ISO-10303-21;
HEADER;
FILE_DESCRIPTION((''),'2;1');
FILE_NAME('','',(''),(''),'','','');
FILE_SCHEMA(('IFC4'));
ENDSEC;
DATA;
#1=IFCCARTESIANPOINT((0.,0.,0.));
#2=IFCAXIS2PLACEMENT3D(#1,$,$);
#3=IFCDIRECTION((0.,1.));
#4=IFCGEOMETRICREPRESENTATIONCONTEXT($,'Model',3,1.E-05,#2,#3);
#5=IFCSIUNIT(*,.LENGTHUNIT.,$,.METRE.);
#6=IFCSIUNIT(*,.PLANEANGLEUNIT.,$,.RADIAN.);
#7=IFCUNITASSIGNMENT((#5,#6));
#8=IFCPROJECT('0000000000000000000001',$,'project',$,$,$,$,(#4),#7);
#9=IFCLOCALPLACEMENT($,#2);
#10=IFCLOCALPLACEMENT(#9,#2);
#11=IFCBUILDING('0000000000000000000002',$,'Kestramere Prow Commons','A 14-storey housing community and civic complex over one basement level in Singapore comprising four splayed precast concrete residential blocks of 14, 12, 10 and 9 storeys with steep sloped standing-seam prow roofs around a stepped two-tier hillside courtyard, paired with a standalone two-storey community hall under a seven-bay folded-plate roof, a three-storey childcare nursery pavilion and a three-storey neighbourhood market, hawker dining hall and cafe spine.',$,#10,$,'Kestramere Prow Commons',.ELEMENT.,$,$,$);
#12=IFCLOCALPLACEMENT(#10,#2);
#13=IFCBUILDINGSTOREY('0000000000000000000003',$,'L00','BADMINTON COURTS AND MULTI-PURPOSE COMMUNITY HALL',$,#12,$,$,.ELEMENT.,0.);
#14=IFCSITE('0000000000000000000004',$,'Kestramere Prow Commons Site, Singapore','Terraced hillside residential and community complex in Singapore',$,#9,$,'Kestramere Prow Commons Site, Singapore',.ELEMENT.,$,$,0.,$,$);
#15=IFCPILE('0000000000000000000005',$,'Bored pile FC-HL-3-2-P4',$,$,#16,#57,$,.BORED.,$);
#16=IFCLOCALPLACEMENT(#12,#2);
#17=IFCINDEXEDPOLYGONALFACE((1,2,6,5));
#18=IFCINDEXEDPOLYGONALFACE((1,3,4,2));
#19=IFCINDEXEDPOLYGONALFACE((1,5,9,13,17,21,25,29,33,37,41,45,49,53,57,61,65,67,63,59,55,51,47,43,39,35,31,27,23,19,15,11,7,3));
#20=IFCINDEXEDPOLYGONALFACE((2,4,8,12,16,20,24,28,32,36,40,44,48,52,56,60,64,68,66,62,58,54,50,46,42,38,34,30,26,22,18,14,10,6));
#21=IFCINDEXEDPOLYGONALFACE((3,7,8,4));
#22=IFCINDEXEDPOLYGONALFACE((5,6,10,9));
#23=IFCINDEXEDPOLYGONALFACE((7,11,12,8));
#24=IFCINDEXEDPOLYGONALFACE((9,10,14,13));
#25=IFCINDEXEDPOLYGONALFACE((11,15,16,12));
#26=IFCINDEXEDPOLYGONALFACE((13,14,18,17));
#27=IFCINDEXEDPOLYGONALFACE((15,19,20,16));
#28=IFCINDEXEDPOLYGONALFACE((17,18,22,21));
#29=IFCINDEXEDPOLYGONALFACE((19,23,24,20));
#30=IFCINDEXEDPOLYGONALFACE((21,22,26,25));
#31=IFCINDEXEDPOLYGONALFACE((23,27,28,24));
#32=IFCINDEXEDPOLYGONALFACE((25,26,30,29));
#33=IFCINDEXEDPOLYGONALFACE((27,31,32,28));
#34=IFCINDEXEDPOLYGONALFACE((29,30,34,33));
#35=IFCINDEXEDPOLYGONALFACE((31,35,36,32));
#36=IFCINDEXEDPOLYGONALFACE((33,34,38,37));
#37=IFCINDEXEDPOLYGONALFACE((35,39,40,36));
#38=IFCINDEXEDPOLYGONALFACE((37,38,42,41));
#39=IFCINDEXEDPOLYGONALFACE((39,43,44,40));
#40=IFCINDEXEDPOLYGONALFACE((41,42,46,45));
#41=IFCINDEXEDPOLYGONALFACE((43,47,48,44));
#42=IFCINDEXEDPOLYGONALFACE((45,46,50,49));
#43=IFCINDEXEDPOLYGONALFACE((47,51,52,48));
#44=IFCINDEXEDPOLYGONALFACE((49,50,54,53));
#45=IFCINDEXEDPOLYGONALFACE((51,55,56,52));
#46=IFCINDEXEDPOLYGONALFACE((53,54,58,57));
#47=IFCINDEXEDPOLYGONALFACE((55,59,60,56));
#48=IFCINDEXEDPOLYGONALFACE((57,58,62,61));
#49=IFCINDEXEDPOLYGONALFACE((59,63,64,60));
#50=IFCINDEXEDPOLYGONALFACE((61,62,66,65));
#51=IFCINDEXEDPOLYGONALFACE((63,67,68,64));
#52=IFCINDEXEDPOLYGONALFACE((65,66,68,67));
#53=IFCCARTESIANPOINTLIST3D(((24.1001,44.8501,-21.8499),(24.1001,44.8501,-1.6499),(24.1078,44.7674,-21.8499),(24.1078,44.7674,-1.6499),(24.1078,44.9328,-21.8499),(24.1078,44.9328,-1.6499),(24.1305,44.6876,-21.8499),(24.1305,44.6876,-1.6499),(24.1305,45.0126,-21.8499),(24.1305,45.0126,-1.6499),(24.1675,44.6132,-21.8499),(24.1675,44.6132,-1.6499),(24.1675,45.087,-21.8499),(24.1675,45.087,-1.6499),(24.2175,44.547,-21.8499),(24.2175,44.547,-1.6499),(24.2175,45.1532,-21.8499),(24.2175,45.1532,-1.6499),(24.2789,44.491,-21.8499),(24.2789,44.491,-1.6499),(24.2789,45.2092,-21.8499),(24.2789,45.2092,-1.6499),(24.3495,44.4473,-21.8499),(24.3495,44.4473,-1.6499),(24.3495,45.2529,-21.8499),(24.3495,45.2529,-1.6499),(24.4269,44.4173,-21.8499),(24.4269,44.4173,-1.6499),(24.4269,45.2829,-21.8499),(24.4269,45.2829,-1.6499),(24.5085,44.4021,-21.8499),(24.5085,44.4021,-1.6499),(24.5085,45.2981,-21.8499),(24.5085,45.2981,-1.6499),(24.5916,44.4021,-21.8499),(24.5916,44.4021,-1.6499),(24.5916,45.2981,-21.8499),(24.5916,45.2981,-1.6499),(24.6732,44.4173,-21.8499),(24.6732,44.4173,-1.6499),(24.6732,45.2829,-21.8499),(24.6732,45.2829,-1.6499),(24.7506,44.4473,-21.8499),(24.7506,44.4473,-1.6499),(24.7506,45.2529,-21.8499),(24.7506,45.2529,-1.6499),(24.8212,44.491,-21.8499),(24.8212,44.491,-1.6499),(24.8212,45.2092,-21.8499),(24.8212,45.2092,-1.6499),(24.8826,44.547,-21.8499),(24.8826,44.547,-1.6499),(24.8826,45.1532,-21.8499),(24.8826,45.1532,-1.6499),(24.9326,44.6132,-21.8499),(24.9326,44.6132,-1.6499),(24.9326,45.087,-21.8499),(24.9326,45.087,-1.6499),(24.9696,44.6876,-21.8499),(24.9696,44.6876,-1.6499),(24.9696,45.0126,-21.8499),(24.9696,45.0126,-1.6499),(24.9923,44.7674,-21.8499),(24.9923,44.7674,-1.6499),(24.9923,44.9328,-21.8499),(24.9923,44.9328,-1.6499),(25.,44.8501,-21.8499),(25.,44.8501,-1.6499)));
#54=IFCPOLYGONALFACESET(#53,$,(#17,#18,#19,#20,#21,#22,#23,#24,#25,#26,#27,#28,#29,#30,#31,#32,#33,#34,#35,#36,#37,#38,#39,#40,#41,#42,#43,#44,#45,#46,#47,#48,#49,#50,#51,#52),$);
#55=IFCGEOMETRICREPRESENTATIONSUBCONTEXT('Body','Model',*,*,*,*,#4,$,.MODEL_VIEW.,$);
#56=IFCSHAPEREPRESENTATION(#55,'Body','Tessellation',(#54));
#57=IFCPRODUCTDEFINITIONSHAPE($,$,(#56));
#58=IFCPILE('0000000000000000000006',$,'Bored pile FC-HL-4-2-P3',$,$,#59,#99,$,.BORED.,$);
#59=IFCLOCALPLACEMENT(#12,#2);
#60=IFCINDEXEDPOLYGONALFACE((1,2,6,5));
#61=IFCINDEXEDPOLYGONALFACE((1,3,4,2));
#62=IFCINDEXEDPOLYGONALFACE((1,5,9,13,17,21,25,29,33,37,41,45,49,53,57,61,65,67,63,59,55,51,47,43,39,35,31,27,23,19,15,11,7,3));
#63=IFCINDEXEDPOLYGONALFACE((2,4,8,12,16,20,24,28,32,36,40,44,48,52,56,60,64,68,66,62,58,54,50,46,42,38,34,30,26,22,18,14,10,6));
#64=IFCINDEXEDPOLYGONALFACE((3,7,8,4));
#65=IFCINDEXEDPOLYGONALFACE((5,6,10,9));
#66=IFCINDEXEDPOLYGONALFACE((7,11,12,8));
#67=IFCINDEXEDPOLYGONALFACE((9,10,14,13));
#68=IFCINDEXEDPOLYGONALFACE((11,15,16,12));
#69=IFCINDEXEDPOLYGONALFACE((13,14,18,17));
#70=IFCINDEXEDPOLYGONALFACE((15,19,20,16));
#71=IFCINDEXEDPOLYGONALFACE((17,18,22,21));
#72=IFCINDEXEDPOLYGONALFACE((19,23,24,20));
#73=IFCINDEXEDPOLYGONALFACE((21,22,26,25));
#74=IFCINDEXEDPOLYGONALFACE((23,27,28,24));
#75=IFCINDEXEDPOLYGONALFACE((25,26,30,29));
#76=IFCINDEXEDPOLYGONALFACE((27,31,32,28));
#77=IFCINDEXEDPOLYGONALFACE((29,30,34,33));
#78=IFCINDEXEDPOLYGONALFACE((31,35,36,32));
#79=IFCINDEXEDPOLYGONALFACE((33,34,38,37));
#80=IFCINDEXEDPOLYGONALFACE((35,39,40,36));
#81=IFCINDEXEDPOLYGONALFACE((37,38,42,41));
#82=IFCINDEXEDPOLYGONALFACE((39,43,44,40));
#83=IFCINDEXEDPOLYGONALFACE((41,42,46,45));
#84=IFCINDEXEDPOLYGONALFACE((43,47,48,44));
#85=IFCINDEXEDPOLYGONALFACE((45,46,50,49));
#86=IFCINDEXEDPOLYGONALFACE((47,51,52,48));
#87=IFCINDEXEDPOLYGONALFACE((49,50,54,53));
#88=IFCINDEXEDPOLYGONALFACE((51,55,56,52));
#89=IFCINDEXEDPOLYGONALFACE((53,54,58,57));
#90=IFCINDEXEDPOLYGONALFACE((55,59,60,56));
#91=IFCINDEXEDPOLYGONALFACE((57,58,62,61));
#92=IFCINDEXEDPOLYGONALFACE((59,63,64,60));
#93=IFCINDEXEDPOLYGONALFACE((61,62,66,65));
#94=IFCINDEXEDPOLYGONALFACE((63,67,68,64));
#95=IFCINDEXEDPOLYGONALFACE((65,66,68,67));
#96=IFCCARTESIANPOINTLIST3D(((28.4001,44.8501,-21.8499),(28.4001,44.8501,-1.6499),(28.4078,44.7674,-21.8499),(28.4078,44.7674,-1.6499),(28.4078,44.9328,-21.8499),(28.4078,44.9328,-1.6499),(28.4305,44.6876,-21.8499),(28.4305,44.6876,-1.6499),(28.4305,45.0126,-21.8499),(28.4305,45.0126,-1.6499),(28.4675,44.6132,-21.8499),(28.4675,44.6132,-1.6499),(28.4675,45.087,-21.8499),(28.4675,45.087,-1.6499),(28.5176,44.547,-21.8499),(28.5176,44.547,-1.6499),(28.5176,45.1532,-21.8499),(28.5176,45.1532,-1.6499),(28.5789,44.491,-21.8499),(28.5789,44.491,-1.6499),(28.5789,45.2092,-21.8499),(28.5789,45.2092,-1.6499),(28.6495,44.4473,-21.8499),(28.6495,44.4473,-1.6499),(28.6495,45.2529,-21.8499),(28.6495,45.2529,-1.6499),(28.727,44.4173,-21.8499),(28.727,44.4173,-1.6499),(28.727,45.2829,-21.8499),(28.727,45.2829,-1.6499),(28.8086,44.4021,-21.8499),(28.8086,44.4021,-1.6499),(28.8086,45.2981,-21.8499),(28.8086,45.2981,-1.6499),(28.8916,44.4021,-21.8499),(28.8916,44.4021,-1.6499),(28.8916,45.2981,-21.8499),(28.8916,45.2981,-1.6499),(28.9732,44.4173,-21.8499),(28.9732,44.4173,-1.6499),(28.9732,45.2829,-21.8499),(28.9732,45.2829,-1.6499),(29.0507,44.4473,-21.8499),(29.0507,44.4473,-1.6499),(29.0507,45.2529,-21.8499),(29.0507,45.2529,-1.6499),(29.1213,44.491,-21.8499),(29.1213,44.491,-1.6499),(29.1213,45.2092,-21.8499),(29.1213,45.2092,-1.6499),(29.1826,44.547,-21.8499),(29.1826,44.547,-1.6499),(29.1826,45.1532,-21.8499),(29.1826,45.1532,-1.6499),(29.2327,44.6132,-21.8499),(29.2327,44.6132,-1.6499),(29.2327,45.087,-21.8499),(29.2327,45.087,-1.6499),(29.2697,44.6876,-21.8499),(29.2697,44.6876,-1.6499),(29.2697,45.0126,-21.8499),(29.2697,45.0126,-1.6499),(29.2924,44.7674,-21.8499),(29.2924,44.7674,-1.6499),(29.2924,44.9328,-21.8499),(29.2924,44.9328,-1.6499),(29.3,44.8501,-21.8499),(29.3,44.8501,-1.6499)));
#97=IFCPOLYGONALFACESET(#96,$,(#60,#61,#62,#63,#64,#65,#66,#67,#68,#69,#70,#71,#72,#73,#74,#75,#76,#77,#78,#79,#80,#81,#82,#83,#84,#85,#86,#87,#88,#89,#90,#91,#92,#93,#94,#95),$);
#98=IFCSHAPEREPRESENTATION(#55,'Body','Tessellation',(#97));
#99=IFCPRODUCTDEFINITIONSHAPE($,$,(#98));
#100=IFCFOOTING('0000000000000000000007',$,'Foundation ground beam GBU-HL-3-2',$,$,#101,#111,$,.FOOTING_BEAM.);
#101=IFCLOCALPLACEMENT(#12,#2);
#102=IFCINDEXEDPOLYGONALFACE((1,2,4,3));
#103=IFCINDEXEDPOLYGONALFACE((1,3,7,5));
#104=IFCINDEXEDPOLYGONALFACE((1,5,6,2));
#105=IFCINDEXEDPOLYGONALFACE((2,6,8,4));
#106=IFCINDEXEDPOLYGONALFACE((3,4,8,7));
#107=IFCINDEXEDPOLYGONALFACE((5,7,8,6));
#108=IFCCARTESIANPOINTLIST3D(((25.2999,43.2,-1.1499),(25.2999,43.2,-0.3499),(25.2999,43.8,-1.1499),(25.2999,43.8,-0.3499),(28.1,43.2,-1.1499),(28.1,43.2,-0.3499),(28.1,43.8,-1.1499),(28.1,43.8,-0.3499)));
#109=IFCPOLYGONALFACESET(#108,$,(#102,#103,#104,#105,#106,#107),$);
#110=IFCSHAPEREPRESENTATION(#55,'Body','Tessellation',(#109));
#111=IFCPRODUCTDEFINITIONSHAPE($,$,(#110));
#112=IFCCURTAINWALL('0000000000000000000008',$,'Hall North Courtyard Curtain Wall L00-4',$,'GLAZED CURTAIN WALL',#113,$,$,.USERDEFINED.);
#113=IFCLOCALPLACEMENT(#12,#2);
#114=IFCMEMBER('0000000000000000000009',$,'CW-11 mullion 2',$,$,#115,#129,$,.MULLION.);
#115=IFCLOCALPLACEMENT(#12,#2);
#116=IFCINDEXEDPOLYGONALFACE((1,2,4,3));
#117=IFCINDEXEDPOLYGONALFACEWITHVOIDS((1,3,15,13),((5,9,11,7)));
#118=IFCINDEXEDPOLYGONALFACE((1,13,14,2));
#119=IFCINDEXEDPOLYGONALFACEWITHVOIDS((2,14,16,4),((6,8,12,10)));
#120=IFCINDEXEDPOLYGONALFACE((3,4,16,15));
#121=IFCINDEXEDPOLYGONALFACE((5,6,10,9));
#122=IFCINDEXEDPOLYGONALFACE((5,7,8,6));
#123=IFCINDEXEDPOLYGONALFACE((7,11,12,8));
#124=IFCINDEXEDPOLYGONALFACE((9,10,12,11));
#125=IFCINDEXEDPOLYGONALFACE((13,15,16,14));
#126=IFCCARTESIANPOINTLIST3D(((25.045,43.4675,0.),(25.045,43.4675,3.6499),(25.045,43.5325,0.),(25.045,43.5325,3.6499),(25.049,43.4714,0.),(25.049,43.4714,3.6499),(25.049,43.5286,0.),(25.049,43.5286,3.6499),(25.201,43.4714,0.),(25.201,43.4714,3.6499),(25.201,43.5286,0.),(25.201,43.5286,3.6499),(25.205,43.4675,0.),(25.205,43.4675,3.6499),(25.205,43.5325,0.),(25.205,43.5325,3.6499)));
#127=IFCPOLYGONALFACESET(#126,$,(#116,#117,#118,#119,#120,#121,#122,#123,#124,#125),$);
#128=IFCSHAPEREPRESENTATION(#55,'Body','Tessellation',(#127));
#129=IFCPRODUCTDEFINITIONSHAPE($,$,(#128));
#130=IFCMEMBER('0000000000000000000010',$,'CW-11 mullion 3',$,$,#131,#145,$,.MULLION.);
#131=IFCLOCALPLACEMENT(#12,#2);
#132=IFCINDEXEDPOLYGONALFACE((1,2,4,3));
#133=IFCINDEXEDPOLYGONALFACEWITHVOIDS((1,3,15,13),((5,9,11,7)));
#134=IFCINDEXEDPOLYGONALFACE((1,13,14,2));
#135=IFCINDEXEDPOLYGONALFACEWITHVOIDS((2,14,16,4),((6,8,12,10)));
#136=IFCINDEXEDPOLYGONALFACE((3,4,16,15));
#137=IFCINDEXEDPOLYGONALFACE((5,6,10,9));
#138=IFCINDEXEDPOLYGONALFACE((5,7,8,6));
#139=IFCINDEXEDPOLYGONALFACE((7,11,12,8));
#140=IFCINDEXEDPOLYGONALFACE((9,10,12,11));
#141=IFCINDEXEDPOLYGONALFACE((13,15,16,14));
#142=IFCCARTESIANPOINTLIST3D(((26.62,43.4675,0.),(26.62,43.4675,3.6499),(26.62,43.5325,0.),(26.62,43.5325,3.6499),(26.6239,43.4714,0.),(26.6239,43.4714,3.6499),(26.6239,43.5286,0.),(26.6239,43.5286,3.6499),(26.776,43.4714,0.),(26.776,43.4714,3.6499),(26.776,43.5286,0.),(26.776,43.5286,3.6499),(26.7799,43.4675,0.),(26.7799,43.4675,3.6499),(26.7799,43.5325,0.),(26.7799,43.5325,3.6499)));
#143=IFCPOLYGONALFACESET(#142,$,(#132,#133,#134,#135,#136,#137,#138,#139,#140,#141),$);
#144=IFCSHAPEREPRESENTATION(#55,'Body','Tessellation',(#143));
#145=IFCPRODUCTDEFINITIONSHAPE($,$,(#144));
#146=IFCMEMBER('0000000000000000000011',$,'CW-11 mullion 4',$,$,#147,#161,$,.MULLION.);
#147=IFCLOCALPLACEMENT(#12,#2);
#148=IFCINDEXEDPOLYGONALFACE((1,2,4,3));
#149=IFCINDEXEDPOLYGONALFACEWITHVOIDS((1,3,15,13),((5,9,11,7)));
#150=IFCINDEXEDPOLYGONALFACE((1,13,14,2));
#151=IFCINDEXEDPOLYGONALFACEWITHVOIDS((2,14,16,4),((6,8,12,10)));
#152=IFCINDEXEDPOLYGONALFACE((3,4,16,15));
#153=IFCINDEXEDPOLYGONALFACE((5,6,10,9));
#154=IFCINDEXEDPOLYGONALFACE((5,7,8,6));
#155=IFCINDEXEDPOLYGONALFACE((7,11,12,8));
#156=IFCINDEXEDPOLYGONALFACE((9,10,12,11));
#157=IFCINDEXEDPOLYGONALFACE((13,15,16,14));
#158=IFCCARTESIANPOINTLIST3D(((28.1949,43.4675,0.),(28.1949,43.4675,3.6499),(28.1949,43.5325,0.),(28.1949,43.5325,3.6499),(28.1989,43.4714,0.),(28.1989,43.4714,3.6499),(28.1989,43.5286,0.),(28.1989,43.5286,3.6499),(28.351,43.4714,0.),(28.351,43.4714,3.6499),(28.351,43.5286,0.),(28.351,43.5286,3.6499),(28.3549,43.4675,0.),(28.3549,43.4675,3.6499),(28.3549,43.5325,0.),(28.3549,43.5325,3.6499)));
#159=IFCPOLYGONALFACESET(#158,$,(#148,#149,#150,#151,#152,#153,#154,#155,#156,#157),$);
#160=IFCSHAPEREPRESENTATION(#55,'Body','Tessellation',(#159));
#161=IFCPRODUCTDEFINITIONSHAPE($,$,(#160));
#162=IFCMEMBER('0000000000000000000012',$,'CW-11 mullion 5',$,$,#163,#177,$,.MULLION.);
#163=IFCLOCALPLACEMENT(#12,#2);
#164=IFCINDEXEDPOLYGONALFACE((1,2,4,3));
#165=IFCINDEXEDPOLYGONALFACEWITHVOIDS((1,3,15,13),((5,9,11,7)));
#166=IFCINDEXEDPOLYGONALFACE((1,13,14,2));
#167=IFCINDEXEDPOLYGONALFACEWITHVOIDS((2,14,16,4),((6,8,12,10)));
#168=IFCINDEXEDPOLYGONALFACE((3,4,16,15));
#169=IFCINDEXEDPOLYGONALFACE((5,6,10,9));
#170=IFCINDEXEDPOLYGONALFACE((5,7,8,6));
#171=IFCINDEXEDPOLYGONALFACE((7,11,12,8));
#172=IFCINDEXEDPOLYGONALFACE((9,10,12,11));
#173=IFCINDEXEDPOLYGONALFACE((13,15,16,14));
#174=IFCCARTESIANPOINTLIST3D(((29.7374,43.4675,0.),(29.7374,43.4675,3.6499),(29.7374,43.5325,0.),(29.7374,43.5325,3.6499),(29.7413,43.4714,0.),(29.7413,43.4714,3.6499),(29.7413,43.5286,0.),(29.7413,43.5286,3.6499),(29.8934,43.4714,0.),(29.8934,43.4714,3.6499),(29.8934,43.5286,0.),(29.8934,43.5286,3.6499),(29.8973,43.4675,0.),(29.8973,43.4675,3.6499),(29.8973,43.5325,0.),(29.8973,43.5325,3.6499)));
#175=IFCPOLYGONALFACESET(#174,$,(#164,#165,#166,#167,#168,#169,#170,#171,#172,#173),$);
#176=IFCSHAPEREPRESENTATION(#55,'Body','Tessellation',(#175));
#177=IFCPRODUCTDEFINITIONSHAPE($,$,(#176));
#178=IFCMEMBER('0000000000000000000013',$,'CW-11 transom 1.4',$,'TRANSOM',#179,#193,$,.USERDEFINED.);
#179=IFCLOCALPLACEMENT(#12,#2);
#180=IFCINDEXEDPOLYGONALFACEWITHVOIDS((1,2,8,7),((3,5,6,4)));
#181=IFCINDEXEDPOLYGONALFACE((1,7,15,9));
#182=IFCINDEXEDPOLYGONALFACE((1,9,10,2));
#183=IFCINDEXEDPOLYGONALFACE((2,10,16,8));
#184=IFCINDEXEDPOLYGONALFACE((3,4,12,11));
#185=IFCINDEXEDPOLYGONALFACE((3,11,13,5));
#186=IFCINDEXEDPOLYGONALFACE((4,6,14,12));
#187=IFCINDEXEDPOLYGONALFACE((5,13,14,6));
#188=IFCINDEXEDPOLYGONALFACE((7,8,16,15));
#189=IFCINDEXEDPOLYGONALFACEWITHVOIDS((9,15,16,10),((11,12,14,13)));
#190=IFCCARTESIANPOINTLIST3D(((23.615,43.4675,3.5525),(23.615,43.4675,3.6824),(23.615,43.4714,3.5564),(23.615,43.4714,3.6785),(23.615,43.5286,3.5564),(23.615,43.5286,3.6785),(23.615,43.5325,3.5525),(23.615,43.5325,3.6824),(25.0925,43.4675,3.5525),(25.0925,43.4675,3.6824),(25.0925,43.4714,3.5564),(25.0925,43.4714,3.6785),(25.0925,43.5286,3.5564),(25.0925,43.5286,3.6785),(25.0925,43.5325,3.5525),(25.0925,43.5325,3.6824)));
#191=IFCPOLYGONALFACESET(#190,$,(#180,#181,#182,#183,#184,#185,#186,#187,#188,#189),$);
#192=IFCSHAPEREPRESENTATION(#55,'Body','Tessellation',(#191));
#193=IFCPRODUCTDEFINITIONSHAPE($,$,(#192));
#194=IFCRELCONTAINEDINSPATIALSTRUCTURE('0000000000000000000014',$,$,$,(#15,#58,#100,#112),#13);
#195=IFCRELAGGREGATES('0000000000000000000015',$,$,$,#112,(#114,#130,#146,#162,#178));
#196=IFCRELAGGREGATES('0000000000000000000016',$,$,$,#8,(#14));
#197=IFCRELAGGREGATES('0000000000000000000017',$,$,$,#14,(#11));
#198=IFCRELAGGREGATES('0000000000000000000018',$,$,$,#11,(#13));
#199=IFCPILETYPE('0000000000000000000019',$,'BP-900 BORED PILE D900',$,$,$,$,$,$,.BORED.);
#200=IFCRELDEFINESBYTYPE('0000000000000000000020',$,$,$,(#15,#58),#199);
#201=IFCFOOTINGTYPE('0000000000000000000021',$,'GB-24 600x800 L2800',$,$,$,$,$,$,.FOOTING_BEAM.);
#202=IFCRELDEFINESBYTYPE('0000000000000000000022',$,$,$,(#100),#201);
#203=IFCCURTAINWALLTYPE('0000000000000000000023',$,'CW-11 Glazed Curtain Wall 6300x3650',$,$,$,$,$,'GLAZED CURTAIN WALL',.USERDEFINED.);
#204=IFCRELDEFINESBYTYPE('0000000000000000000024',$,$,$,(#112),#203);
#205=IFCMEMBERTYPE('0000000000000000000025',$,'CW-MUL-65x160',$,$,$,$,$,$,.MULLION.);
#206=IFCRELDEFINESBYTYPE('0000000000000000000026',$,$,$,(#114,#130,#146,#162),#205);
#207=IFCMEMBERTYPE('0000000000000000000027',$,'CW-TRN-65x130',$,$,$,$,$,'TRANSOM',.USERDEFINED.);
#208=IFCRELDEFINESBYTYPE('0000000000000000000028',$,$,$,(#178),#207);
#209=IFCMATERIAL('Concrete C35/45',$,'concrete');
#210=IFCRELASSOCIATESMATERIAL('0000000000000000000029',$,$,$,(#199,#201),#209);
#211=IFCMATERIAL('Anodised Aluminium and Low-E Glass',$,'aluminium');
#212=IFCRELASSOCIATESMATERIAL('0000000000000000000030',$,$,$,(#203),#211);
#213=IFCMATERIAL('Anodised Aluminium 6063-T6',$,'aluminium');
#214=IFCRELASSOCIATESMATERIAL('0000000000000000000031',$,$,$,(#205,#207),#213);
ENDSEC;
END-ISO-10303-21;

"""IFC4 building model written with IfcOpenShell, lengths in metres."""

from ifc_helpers import new_model, si_unit, direction, frame, origin, origin_2d, place, context, subcontext, project, spatial, rectangle, hollow_rectangle, circle, extrude, material, material_profile, profile_set, type_object, element, aggregate, save


model = new_model("IFC4")

# Units and contexts
model_context = context("Model", 3, precision=1e-05, world=origin(), true_north=direction((0.0, 1.0)))
body_context = subcontext(model_context, "Body", "Model", "MODEL_VIEW")
ifc_project = project(units=[si_unit("LENGTHUNIT", "METRE"), si_unit("PLANEANGLEUNIT", "RADIAN")], contexts=[model_context])

# Site, building, storey
site_placement = place(None, origin())
site = spatial("IfcSite", under=ifc_project, at=site_placement, Name="Kestramere Prow Commons Site, Singapore", Description="Terraced hillside residential and community complex in Singapore", LongName="Kestramere Prow Commons Site, Singapore", CompositionType="ELEMENT", RefElevation=0.0)
building_placement = place(site_placement, origin())
building = spatial("IfcBuilding", under=site, at=building_placement, Name="Kestramere Prow Commons", Description="A 14-storey housing community and civic complex over one basement level in Singapore comprising four splayed precast concrete residential blocks of 14, 12, 10 and 9 storeys with steep sloped standing-seam prow roofs around a stepped two-tier hillside courtyard, paired with a standalone two-storey community hall under a seven-bay folded-plate roof, a three-storey childcare nursery pavilion and a three-storey neighbourhood market, hawker dining hall and cafe spine.", LongName="Kestramere Prow Commons", CompositionType="ELEMENT")
storey_placement = place(building_placement, origin())
storey = spatial("IfcBuildingStorey", under=building, at=storey_placement, Name="L00", Description="BADMINTON COURTS AND MULTI-PURPOSE COMMUNITY HALL", CompositionType="ELEMENT", Elevation=0.0)

# Piles
ifc_material_1 = material(Name="Concrete C35/45", Category="concrete")
ifc_material_profile_1 = material_profile(ifc_material_1, circle(Radius=0.45, at=origin_2d()), Name="BORED PILE D900")
ifc_profile_set_1 = profile_set([ifc_material_profile_1], Name="Concrete C35/45")
pile_type = type_object("IfcPileType", Name="BP-900 BORED PILE D900", PredefinedType="BORED", material=ifc_profile_set_1)
for number, where, z_axis, x_axis, name in (
    (1, (24.55, 44.8501, -1.6499), (0.0, 0.0, -1.0), (1.0, 0.0, 0.0), "Bored pile FC-HL-3-2-P4"),
    (2, (28.8501, 44.8501, -1.6499), (0.0, 0.0, -1.0), (1.0, 0.0, 0.0), "Bored pile FC-HL-4-2-P3"),
):
    element("IfcPile", number, at=place(storey_placement, frame(where, z_axis=z_axis, x_axis=x_axis)), inside=storey, type_object=pile_type, Name=name, PredefinedType="BORED", context=body_context, shape_type="SweptSolid", body=[
        extrude(circle(Radius=0.45, at=origin_2d()), origin(), (0.0, 0.0, 1.0), 20.2),
    ])

# Footing
footing_type = type_object("IfcFootingType", Name="GB-24 600x800 L2800", PredefinedType="FOOTING_BEAM", material=ifc_material_1)
footing_placement = place(storey_placement, frame((26.7, 43.5, -1.1499), z_axis=(0.0, 0.0, 1.0), x_axis=(1.0, 0.0, 0.0)))
element("IfcFooting", 3, at=footing_placement, inside=storey, type_object=footing_type, Name="Foundation ground beam GBU-HL-3-2", PredefinedType="FOOTING_BEAM", context=body_context, shape_type="SweptSolid", body=[
    extrude(rectangle(XDim=2.8, YDim=0.6001, at=origin_2d()), origin(), (0.0, 0.0, 1.0), 0.8),
])

# Curtain wall, members
ifc_material_2 = material(Name="Anodised Aluminium and Low-E Glass", Category="aluminium")
curtain_wall_type = type_object("IfcCurtainWallType", Name="CW-11 Glazed Curtain Wall 6300x3650", ElementType="GLAZED CURTAIN WALL", PredefinedType="USERDEFINED", material=ifc_material_2)
curtain_wall_placement = place(storey_placement, origin())
curtain_wall = element("IfcCurtainWall", 4, at=curtain_wall_placement, inside=storey, type_object=curtain_wall_type, Name="Hall North Courtyard Curtain Wall L00-4", ObjectType="GLAZED CURTAIN WALL", PredefinedType="USERDEFINED")
ifc_material_3 = material(Name="Anodised Aluminium 6063-T6", Category="aluminium")
ifc_material_profile_2 = material_profile(ifc_material_3, hollow_rectangle(XDim=0.0649, YDim=0.1599, WallThickness=0.0039, at=origin_2d()), Name="ALU-MUL 65x160")
ifc_profile_set_2 = profile_set([ifc_material_profile_2], Name="Anodised Aluminium 6063-T6")
member_type_1 = type_object("IfcMemberType", Name="CW-MUL-65x160", PredefinedType="MULLION", material=ifc_profile_set_2)
member_1_placement = place(storey_placement, frame((25.125, 43.5, 0.0), z_axis=(0.0, 0.0, 1.0), x_axis=(0.0, 1.0, 0.0)))
member_1 = element("IfcMember", 5, at=member_1_placement, type_object=member_type_1, Name="CW-11 mullion 2", PredefinedType="MULLION", context=body_context, shape_type="SweptSolid", body=[
    extrude(hollow_rectangle(XDim=0.0649, YDim=0.1599, WallThickness=0.0039, at=origin_2d()), origin(), (0.0, 0.0, 1.0), 3.6499),
])
member_2_placement = place(storey_placement, frame((26.7, 43.5, 0.0), z_axis=(0.0, 0.0, 1.0), x_axis=(0.0, 1.0, 0.0)))
member_2 = element("IfcMember", 6, at=member_2_placement, type_object=member_type_1, Name="CW-11 mullion 3", PredefinedType="MULLION", context=body_context, shape_type="SweptSolid", body=[
    extrude(hollow_rectangle(XDim=0.0649, YDim=0.1599, WallThickness=0.0039, at=origin_2d()), origin(), (0.0, 0.0, 1.0), 3.6499),
])
member_3_placement = place(storey_placement, frame((28.2749, 43.5, 0.0), z_axis=(0.0, 0.0, 1.0), x_axis=(0.0, 1.0, 0.0)))
member_3 = element("IfcMember", 7, at=member_3_placement, type_object=member_type_1, Name="CW-11 mullion 4", PredefinedType="MULLION", context=body_context, shape_type="SweptSolid", body=[
    extrude(hollow_rectangle(XDim=0.0649, YDim=0.1599, WallThickness=0.0039, at=origin_2d()), origin(), (0.0, 0.0, 1.0), 3.6499),
])
member_4_placement = place(storey_placement, frame((29.8174, 43.5, 0.0), z_axis=(0.0, 0.0, 1.0), x_axis=(0.0, 1.0, 0.0)))
member_4 = element("IfcMember", 8, at=member_4_placement, type_object=member_type_1, Name="CW-11 mullion 5", PredefinedType="MULLION", context=body_context, shape_type="SweptSolid", body=[
    extrude(hollow_rectangle(XDim=0.0649, YDim=0.1599, WallThickness=0.0039, at=origin_2d()), origin(), (0.0, 0.0, 1.0), 3.6499),
])
ifc_material_profile_3 = material_profile(ifc_material_3, hollow_rectangle(XDim=0.0649, YDim=0.1299, WallThickness=0.0039, at=origin_2d()), Name="ALU-TRN 65x130")
ifc_profile_set_3 = profile_set([ifc_material_profile_3], Name="Anodised Aluminium 6063-T6")
member_type_2 = type_object("IfcMemberType", Name="CW-TRN-65x130", ElementType="TRANSOM", PredefinedType="USERDEFINED", material=ifc_profile_set_3)
member_5_placement = place(storey_placement, frame((23.615, 43.5, 3.6174), z_axis=(1.0, 0.0, 0.0), x_axis=(0.0, 1.0, 0.0)))
member_5 = element("IfcMember", 9, at=member_5_placement, type_object=member_type_2, Name="CW-11 transom 1.4", ObjectType="TRANSOM", PredefinedType="USERDEFINED", context=body_context, shape_type="SweptSolid", body=[
    extrude(hollow_rectangle(XDim=0.0649, YDim=0.1299, WallThickness=0.0039, at=origin_2d()), origin(), (0.0, 0.0, 1.0), 1.4775),
])
aggregate(curtain_wall, [member_1, member_2, member_3, member_4, member_5])

save(model, "model.ifc")
